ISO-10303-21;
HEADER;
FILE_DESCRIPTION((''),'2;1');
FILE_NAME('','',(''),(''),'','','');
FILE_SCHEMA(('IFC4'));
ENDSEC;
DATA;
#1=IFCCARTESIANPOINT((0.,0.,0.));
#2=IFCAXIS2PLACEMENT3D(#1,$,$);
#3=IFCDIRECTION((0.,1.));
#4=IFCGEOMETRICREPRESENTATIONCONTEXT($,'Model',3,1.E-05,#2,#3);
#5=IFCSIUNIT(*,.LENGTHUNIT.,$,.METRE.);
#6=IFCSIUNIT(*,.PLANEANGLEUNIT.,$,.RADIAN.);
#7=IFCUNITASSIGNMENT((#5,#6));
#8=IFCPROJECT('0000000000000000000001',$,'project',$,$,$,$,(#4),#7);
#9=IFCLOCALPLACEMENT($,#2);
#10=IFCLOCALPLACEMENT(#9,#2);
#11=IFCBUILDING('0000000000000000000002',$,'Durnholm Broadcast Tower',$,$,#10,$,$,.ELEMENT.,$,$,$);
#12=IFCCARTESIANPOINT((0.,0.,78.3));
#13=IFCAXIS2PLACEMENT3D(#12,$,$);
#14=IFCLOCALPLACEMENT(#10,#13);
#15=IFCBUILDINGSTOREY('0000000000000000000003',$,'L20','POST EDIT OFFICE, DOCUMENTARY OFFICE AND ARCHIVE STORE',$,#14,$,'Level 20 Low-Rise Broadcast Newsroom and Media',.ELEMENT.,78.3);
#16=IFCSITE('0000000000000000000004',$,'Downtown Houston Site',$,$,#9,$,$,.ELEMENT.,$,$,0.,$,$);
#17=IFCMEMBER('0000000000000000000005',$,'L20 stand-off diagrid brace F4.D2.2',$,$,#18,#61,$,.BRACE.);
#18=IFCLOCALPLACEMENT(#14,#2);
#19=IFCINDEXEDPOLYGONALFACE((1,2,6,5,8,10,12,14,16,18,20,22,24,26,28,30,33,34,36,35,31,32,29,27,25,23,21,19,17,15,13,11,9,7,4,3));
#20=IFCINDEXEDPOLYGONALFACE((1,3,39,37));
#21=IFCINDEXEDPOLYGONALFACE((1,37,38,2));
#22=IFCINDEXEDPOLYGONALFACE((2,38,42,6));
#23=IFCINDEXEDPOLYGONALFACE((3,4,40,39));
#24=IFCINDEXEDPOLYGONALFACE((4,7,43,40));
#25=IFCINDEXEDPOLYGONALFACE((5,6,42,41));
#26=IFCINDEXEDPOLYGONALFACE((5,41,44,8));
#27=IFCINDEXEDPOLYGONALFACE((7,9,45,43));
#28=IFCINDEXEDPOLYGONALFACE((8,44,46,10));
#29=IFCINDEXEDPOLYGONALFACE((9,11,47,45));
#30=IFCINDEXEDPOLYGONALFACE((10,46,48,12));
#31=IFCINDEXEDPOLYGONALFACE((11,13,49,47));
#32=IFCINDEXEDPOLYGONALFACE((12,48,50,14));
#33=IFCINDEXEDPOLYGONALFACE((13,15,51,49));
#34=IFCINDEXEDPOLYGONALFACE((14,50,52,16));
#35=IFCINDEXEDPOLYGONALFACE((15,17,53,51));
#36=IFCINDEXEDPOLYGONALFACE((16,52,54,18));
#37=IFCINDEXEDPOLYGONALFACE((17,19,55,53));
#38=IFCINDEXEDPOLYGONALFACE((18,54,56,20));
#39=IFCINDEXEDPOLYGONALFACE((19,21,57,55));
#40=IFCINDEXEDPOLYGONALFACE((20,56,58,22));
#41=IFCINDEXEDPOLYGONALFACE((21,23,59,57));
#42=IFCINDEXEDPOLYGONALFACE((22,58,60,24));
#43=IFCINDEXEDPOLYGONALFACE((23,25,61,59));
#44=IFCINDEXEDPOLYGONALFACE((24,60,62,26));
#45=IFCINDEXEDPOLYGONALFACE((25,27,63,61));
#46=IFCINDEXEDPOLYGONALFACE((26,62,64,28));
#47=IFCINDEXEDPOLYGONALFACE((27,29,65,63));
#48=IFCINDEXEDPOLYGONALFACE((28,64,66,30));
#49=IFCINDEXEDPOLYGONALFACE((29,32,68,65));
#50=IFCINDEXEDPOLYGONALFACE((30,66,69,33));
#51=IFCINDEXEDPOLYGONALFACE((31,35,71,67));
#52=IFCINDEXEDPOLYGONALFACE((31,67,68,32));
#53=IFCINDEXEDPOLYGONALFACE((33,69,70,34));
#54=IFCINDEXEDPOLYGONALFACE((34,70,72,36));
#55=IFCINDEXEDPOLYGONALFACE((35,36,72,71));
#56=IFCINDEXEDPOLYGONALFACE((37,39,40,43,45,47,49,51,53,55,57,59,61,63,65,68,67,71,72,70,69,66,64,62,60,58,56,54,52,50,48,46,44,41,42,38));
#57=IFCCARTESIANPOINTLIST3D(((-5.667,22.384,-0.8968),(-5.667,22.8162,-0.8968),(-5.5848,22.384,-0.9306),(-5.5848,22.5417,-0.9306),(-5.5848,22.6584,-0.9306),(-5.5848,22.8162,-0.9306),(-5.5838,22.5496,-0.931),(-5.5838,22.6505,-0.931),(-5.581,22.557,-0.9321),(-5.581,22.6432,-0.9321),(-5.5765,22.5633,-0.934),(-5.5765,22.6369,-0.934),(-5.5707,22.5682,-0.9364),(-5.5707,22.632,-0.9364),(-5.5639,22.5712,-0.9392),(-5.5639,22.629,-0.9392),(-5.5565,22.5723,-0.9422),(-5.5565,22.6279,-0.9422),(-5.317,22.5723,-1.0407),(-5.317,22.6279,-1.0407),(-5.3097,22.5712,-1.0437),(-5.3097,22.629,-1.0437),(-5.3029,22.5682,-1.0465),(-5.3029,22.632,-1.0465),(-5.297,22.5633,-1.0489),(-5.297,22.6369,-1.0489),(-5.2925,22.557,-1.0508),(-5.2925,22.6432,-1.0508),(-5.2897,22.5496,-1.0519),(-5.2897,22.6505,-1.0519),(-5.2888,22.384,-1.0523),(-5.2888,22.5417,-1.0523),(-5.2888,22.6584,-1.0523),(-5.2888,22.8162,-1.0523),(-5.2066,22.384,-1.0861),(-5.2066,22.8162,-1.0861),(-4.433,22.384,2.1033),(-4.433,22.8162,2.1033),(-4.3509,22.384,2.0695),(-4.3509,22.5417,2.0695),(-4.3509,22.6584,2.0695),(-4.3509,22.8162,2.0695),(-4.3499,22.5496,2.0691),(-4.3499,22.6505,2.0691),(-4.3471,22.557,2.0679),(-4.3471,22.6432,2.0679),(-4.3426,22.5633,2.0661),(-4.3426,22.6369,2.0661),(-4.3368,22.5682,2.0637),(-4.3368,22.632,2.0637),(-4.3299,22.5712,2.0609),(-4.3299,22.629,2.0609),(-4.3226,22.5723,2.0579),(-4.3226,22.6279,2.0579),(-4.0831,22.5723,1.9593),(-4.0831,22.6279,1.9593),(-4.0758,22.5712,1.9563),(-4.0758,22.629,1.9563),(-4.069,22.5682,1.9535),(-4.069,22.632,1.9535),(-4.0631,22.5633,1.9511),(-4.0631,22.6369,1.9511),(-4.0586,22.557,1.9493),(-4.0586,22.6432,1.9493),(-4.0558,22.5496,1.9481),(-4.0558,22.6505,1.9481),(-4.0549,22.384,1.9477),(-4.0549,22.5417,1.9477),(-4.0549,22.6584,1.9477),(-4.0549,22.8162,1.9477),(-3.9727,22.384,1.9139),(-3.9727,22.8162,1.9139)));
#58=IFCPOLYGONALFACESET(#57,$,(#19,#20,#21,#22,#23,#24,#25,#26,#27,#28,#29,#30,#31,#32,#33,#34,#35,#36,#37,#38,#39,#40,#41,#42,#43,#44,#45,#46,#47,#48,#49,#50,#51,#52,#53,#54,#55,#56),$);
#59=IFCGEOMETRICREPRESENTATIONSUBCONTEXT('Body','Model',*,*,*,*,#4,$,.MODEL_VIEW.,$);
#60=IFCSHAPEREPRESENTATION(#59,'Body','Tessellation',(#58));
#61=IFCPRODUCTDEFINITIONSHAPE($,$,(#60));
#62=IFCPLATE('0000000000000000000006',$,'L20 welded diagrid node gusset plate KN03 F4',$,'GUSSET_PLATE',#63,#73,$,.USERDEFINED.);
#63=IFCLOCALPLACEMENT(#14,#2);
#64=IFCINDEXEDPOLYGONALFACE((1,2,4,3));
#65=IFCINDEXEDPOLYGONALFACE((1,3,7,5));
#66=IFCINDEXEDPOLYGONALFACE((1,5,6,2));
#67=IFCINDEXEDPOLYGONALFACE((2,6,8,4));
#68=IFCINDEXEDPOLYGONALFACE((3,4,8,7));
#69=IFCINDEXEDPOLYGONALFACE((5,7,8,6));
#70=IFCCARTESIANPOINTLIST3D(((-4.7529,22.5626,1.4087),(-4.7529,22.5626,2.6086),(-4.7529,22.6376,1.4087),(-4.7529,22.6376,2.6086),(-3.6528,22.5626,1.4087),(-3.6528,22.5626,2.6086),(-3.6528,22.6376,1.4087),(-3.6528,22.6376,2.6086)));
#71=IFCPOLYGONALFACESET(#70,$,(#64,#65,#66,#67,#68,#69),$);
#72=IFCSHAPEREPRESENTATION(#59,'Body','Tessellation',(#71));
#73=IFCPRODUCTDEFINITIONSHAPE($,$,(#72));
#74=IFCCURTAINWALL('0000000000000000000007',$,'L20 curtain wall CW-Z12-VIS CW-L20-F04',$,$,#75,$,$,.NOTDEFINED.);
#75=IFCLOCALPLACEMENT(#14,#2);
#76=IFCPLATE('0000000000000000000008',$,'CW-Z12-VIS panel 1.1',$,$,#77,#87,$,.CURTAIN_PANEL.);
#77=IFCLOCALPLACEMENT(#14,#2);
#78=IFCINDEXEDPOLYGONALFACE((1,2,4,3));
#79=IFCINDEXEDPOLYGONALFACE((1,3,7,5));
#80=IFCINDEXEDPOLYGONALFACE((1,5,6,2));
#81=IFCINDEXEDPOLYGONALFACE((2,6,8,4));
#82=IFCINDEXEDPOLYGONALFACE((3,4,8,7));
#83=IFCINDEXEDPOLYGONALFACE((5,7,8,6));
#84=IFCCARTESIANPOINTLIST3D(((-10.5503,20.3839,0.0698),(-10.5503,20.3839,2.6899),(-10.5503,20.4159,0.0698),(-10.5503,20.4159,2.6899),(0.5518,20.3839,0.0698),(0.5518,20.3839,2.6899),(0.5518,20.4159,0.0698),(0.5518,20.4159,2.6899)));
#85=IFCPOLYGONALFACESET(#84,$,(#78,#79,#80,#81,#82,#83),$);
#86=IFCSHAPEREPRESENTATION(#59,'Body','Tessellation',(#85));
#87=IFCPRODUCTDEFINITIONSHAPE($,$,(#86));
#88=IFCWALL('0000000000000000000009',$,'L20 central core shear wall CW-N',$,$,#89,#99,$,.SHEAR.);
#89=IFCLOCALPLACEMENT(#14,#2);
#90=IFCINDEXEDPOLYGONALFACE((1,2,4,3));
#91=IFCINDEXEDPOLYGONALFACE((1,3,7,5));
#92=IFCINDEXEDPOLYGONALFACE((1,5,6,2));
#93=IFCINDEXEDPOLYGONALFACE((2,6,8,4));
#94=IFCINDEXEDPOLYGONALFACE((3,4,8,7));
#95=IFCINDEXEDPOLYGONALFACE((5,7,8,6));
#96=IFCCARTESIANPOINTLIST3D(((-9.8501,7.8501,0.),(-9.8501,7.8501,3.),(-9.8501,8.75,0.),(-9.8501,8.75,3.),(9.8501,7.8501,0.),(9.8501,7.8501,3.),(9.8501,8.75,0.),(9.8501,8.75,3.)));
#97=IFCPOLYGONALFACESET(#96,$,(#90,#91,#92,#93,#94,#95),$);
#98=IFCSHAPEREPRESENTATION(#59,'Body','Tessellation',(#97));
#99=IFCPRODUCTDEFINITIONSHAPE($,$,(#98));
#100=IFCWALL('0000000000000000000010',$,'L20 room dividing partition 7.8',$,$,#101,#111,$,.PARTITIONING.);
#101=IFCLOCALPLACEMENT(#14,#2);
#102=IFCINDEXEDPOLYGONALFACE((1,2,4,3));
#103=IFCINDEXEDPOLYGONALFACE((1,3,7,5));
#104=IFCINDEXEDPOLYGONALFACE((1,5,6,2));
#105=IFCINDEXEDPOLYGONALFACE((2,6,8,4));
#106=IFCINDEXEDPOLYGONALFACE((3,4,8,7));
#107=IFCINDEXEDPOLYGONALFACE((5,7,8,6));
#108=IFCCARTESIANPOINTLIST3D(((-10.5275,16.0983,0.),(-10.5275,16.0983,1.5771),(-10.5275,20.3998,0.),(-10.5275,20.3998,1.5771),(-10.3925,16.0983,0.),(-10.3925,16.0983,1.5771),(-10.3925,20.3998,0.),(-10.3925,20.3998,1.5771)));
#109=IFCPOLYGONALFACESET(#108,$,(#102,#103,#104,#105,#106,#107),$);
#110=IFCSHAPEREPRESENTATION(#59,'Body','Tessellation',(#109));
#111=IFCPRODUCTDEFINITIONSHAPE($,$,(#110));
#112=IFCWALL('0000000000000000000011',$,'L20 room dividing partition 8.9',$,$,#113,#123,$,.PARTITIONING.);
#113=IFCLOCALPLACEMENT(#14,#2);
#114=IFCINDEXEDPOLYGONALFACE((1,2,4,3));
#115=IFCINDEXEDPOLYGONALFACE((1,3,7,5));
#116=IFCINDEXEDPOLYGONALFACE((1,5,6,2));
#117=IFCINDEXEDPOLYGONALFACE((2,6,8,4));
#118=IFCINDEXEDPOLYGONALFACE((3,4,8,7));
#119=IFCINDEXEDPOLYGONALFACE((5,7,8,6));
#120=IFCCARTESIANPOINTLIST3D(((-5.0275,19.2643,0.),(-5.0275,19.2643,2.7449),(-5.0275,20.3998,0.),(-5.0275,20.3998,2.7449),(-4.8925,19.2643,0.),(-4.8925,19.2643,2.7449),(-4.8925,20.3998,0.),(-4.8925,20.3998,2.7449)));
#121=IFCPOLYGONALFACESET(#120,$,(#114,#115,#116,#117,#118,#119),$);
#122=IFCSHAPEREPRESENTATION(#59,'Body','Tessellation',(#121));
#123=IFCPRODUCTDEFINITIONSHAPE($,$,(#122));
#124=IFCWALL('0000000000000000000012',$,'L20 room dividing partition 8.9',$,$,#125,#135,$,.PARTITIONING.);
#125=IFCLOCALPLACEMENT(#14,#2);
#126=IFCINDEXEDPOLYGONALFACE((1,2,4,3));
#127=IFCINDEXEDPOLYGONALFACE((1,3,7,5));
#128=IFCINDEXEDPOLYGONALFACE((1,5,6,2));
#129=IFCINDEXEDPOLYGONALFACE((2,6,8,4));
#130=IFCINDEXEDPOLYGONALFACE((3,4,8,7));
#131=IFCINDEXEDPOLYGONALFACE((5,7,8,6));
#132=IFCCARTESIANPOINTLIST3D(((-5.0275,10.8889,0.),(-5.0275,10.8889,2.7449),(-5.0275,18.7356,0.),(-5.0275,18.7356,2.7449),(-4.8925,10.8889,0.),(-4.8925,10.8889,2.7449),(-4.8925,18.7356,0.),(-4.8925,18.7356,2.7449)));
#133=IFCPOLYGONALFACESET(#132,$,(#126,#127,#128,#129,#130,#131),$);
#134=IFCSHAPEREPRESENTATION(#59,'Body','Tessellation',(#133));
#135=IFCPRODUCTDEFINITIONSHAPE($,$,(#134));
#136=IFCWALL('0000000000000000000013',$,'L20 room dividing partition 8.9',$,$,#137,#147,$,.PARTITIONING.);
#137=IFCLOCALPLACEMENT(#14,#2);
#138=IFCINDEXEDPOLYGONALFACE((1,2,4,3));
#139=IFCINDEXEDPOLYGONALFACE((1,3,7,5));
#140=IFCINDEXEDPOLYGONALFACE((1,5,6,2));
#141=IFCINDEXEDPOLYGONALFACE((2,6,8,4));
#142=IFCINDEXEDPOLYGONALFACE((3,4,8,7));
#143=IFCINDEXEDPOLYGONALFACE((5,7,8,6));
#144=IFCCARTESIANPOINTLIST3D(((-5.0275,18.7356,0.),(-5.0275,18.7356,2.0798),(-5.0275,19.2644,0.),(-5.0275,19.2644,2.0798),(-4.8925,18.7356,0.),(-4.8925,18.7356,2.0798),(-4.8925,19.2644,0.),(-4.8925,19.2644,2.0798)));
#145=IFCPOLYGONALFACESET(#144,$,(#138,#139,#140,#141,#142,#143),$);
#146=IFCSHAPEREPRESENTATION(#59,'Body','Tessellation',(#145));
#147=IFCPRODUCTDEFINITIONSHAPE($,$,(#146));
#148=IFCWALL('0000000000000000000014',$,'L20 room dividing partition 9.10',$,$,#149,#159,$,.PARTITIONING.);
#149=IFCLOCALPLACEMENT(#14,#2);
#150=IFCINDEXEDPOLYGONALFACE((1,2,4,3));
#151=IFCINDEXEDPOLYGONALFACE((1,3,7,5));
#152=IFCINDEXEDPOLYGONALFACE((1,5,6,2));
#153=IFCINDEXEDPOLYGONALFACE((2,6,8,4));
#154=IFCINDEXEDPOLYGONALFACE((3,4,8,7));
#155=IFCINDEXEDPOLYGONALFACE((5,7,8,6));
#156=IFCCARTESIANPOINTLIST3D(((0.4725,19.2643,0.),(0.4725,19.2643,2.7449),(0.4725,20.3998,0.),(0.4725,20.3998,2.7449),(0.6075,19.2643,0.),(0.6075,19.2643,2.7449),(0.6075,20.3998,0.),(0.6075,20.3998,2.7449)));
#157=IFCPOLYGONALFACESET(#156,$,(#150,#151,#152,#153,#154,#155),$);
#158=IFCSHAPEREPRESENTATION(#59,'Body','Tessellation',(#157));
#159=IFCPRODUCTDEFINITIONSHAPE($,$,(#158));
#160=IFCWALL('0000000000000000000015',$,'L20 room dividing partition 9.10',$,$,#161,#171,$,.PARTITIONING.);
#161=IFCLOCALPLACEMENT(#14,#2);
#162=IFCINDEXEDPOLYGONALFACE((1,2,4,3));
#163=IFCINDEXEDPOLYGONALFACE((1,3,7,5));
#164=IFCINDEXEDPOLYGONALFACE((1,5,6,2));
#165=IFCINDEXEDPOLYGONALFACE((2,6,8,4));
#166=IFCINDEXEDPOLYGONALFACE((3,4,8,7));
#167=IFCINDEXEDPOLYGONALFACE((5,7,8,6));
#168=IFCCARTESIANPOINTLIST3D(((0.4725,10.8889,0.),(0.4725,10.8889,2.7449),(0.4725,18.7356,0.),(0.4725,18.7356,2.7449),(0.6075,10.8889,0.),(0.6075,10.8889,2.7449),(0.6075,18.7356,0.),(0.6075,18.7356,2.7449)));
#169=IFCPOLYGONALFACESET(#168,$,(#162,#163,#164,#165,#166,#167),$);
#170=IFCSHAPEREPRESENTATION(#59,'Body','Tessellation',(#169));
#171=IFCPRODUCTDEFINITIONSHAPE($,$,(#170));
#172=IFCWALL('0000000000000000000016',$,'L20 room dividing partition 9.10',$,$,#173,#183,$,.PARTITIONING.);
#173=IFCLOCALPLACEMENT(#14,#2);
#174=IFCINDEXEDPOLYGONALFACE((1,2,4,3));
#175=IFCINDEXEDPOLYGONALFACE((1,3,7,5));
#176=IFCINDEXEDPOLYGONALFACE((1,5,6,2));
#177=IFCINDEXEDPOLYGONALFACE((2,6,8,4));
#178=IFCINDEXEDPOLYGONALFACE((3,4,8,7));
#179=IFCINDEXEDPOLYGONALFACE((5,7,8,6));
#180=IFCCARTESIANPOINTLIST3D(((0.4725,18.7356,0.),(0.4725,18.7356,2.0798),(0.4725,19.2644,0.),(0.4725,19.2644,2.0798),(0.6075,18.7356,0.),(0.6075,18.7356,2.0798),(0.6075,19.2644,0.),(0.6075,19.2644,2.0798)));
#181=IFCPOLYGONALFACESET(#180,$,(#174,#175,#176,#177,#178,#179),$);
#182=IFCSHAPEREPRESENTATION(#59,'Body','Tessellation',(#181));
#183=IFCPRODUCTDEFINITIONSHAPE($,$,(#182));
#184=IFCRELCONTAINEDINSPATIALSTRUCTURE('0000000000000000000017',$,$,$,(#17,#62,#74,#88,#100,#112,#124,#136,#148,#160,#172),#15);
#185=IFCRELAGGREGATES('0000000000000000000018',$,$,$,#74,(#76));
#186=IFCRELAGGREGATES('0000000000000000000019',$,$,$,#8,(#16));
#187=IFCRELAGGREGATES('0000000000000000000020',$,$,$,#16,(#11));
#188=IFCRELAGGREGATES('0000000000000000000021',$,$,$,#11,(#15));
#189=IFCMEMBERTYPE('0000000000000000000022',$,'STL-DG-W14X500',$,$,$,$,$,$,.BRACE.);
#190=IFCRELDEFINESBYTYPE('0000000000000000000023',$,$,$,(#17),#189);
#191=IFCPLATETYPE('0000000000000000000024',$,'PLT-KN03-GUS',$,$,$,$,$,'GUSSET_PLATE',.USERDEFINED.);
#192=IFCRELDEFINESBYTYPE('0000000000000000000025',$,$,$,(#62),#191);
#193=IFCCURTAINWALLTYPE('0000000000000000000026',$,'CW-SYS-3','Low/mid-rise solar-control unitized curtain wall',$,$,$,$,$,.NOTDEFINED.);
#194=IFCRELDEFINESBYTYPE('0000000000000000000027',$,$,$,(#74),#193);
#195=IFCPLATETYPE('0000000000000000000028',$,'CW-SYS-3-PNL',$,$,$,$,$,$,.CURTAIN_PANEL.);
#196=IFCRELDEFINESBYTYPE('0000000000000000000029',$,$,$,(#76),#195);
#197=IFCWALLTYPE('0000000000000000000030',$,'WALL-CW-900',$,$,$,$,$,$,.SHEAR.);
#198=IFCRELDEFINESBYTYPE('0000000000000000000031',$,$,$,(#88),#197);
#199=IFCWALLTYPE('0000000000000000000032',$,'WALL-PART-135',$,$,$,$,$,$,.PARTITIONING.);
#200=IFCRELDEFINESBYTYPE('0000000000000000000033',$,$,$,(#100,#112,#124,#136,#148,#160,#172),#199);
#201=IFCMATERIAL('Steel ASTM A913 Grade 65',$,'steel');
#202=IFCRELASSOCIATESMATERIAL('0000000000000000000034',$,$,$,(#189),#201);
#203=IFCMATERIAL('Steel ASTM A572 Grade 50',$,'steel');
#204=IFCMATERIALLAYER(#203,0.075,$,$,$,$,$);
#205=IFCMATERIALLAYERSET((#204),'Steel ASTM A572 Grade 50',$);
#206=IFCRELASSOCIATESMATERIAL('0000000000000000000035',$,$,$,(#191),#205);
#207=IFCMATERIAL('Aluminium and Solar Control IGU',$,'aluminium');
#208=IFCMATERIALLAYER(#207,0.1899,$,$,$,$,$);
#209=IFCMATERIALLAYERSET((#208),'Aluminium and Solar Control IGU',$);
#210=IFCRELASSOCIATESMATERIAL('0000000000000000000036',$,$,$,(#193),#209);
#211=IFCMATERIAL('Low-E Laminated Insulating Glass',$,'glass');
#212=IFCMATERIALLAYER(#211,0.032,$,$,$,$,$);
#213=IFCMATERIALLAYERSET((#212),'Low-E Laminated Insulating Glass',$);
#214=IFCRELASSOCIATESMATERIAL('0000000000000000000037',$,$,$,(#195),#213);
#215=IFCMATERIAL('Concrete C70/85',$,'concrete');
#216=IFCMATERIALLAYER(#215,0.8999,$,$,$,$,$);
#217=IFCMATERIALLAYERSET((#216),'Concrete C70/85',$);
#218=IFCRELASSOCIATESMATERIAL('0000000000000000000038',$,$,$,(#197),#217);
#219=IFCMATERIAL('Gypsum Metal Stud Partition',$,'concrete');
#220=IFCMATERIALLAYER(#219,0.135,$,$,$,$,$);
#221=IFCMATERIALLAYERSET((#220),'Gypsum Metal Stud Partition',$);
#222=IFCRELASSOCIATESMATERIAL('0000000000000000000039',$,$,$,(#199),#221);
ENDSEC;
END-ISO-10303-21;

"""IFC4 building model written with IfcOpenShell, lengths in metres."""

from ifc_helpers import new_model, si_unit, direction, frame, frame_2d, origin, origin_2d, place, context, subcontext, project, spatial, rectangle, i_section, extrude, source, transform, mapped, material, layer, layer_set, material_profile, profile_set, type_object, type_shapes, element, aggregate, save


model = new_model("IFC4")

# Units and contexts
model_context = context("Model", 3, precision=1e-05, world=origin(), true_north=direction((0.0, 1.0)))
body_context = subcontext(model_context, "Body", "Model", "MODEL_VIEW")
ifc_project = project(units=[si_unit("LENGTHUNIT", "METRE"), si_unit("PLANEANGLEUNIT", "RADIAN")], contexts=[model_context])

# Site, building, storey
site_placement = place(None, origin())
site = spatial("IfcSite", under=ifc_project, at=site_placement, Name="Downtown Houston Site", CompositionType="ELEMENT", RefElevation=0.0)
building_placement = place(site_placement, origin())
building = spatial("IfcBuilding", under=site, at=building_placement, Name="Durnholm Broadcast Tower", CompositionType="ELEMENT")
storey_placement = place(building_placement, frame((0.0, 0.0, 78.3)))
storey = spatial("IfcBuildingStorey", under=building, at=storey_placement, Name="L20", Description="POST EDIT OFFICE, DOCUMENTARY OFFICE AND ARCHIVE STORE", LongName="Level 20 Low-Rise Broadcast Newsroom and Media", CompositionType="ELEMENT", Elevation=78.3)

# Shared definitions
ifc_material_1 = material(Name="Concrete C70/85", Category="concrete")

# Member
ifc_material_2 = material(Name="Steel ASTM A913 Grade 65", Category="steel")
ifc_material_profile_1 = material_profile(ifc_material_2, i_section(OverallWidth=0.4321, OverallDepth=0.4978, WebThickness=0.0557, FlangeThickness=0.0889, FilletRadius=0.0305, at=origin_2d()), Name="W14X500")
ifc_profile_set_1 = profile_set([ifc_material_profile_1], Name="Steel ASTM A913 Grade 65")
member_type = type_object("IfcMemberType", Name="STL-DG-W14X500", PredefinedType="BRACE", material=ifc_profile_set_1)
shared_shape_1 = source(origin(), body_context, "Body", "SweptSolid", [
    extrude(i_section(OverallWidth=0.4321, OverallDepth=0.4978, WebThickness=0.0557, FlangeThickness=0.0889, FilletRadius=0.0305, at=origin_2d()), origin(), (0.0, 0.0, 1.0), 3.2439),
])
type_shapes(member_type, [shared_shape_1])
for number, where, z_axis, x_axis, name in (
    (1, (-5.4368, 22.6001, -0.9915), (0.380379, 0.0, 0.924831), (0.0, 1.0, 0.0), "L20 stand-off diagrid brace F4.D2.2"),
):
    element("IfcMember", number, at=place(storey_placement, frame(where, z_axis=z_axis, x_axis=x_axis)), inside=storey, type_object=member_type, Name=name, PredefinedType="BRACE", context=body_context, shape_type="MappedRepresentation", body=[
        mapped(shared_shape_1, transform((0.0, 0.0, 0.0), x_axis=(1.0, 0.0, 0.0), y_axis=(0.0, 1.0, 0.0), z_axis=(0.0, 0.0, 1.0), scale=1.0)),
    ])

# Plate
ifc_material_3 = material(Name="Steel ASTM A572 Grade 50", Category="steel")
ifc_layer_1 = layer(ifc_material_3, 0.075)
ifc_layer_set_1 = layer_set([ifc_layer_1], Name="Steel ASTM A572 Grade 50")
plate_type_1 = type_object("IfcPlateType", Name="PLT-KN03-GUS", ElementType="GUSSET_PLATE", PredefinedType="USERDEFINED", material=ifc_layer_set_1)
shared_shape_2 = source(origin(), body_context, "Body", "SweptSolid", [
    extrude(rectangle(XDim=1.1001, YDim=0.075, at=origin_2d()), origin(), (0.0, 0.0, 1.0), 1.2),
])
type_shapes(plate_type_1, [shared_shape_2])
plate_1_placement = place(storey_placement, frame((-4.2029, 22.6001, 1.4087), z_axis=(0.0, 0.0, 1.0), x_axis=(-1.0, 0.0, 0.0)))
element("IfcPlate", 2, at=plate_1_placement, inside=storey, type_object=plate_type_1, Name="L20 welded diagrid node gusset plate KN03 F4", ObjectType="GUSSET_PLATE", PredefinedType="USERDEFINED", context=body_context, shape_type="MappedRepresentation", body=[
    mapped(shared_shape_2, transform((0.0, 0.0, 0.0), x_axis=(1.0, 0.0, 0.0), y_axis=(0.0, 1.0, 0.0), z_axis=(0.0, 0.0, 1.0), scale=1.0)),
])

# Curtain wall, plate
ifc_material_4 = material(Name="Aluminium and Solar Control IGU", Category="aluminium")
ifc_layer_2 = layer(ifc_material_4, 0.1899)
ifc_layer_set_2 = layer_set([ifc_layer_2], Name="Aluminium and Solar Control IGU")
curtain_wall_type = type_object("IfcCurtainWallType", Name="CW-SYS-3", Description="Low/mid-rise solar-control unitized curtain wall", PredefinedType="NOTDEFINED", material=ifc_layer_set_2)
curtain_wall_placement = place(storey_placement, origin())
curtain_wall = element("IfcCurtainWall", 3, at=curtain_wall_placement, inside=storey, type_object=curtain_wall_type, Name="L20 curtain wall CW-Z12-VIS CW-L20-F04", PredefinedType="NOTDEFINED")
ifc_material_5 = material(Name="Low-E Laminated Insulating Glass", Category="glass")
ifc_layer_3 = layer(ifc_material_5, 0.032)
ifc_layer_set_3 = layer_set([ifc_layer_3], Name="Low-E Laminated Insulating Glass")
plate_type_2 = type_object("IfcPlateType", Name="CW-SYS-3-PNL", PredefinedType="CURTAIN_PANEL", material=ifc_layer_set_3)
shared_shape_3 = source(origin(), body_context, "Body", "SweptSolid", [
    extrude(rectangle(XDim=11.1021, YDim=0.032, at=origin_2d()), origin(), (0.0, 0.0, 1.0), 2.6201),
])
type_shapes(plate_type_2, [shared_shape_3])
plate_2_placement = place(storey_placement, frame((-4.9993, 20.3999, 0.0698), z_axis=(0.0, 0.0, 1.0), x_axis=(1.0, 0.0, 0.0)))
plate_2 = element("IfcPlate", 4, at=plate_2_placement, type_object=plate_type_2, Name="CW-Z12-VIS panel 1.1", PredefinedType="CURTAIN_PANEL", context=body_context, shape_type="MappedRepresentation", body=[
    mapped(shared_shape_3, transform((0.0, 0.0, 0.0), x_axis=(1.0, 0.0, 0.0), y_axis=(0.0, 1.0, 0.0), z_axis=(0.0, 0.0, 1.0), scale=1.0)),
])
aggregate(curtain_wall, [plate_2])

# Walls
ifc_layer_4 = layer(ifc_material_1, 0.8999)
ifc_layer_set_4 = layer_set([ifc_layer_4], Name="Concrete C70/85")
wall_type_1 = type_object("IfcWallType", Name="WALL-CW-900", PredefinedType="SHEAR", material=ifc_layer_set_4)
wall_1_placement = place(storey_placement, frame((-9.8501, 8.3, 0.0), z_axis=(0.0, 0.0, 1.0), x_axis=(1.0, 0.0, 0.0)))
element("IfcWall", 5, at=wall_1_placement, inside=storey, type_object=wall_type_1, Name="L20 central core shear wall CW-N", PredefinedType="SHEAR", context=body_context, shape_type="SweptSolid", body=[
    extrude(rectangle(XDim=19.7002, YDim=0.8999, at=frame_2d((9.8501, 0.0))), origin(), (0.0, 0.0, 1.0), 3.0),
])
ifc_material_6 = material(Name="Gypsum Metal Stud Partition", Category="concrete")
ifc_layer_5 = layer(ifc_material_6, 0.135)
ifc_layer_set_5 = layer_set([ifc_layer_5], Name="Gypsum Metal Stud Partition")
wall_type_2 = type_object("IfcWallType", Name="WALL-PART-135", PredefinedType="PARTITIONING", material=ifc_layer_set_5)
wall_2_placement = place(storey_placement, frame((-10.46, 20.3999, 0.0), z_axis=(0.0, 0.0, 1.0), x_axis=(0.0, -1.0, 0.0)))
element("IfcWall", 6, at=wall_2_placement, inside=storey, type_object=wall_type_2, Name="L20 room dividing partition 7.8", PredefinedType="PARTITIONING", context=body_context, shape_type="SweptSolid", body=[
    extrude(rectangle(XDim=4.3015, YDim=0.135, at=frame_2d((2.1509, 0.0))), origin(), (0.0, 0.0, 1.0), 1.5771),
])
wall_3_placement = place(storey_placement, frame((-4.96, 20.3999, 0.0), z_axis=(0.0, 0.0, 1.0), x_axis=(0.0, -1.0, 0.0)))
element("IfcWall", 7, at=wall_3_placement, inside=storey, type_object=wall_type_2, Name="L20 room dividing partition 8.9", PredefinedType="PARTITIONING", context=body_context, shape_type="SweptSolid", body=[
    extrude(rectangle(XDim=1.1355, YDim=0.135, at=frame_2d((0.5679, 0.0))), origin(), (0.0, 0.0, 1.0), 2.7449),
])
wall_4_placement = place(storey_placement, frame((-4.96, 18.7356, 0.0), z_axis=(0.0, 0.0, 1.0), x_axis=(0.0, -1.0, 0.0)))
element("IfcWall", 8, at=wall_4_placement, inside=storey, type_object=wall_type_2, Name="L20 room dividing partition 8.9", PredefinedType="PARTITIONING", context=body_context, shape_type="SweptSolid", body=[
    extrude(rectangle(XDim=7.8467, YDim=0.135, at=frame_2d((3.9233, 0.0))), origin(), (0.0, 0.0, 1.0), 2.7449),
])
wall_5_placement = place(storey_placement, frame((-4.96, 19.2644, 0.0), z_axis=(0.0, 0.0, 1.0), x_axis=(0.0, -1.0, 0.0)))
element("IfcWall", 9, at=wall_5_placement, inside=storey, type_object=wall_type_2, Name="L20 room dividing partition 8.9", PredefinedType="PARTITIONING", context=body_context, shape_type="SweptSolid", body=[
    extrude(rectangle(XDim=0.5288, YDim=0.135, at=frame_2d((0.2644, 0.0))), origin(), (0.0, 0.0, 1.0), 2.0798),
])
wall_6_placement = place(storey_placement, frame((0.54, 20.3999, 0.0), z_axis=(0.0, 0.0, 1.0), x_axis=(0.0, -1.0, 0.0)))
element("IfcWall", 10, at=wall_6_placement, inside=storey, type_object=wall_type_2, Name="L20 room dividing partition 9.10", PredefinedType="PARTITIONING", context=body_context, shape_type="SweptSolid", body=[
    extrude(rectangle(XDim=1.1355, YDim=0.135, at=frame_2d((0.5679, 0.0))), origin(), (0.0, 0.0, 1.0), 2.7449),
])
wall_7_placement = place(storey_placement, frame((0.54, 18.7356, 0.0), z_axis=(0.0, 0.0, 1.0), x_axis=(0.0, -1.0, 0.0)))
element("IfcWall", 11, at=wall_7_placement, inside=storey, type_object=wall_type_2, Name="L20 room dividing partition 9.10", PredefinedType="PARTITIONING", context=body_context, shape_type="SweptSolid", body=[
    extrude(rectangle(XDim=7.8467, YDim=0.135, at=frame_2d((3.9233, 0.0))), origin(), (0.0, 0.0, 1.0), 2.7449),
])
wall_8_placement = place(storey_placement, frame((0.54, 19.2644, 0.0), z_axis=(0.0, 0.0, 1.0), x_axis=(0.0, -1.0, 0.0)))
element("IfcWall", 12, at=wall_8_placement, inside=storey, type_object=wall_type_2, Name="L20 room dividing partition 9.10", PredefinedType="PARTITIONING", context=body_context, shape_type="SweptSolid", body=[
    extrude(rectangle(XDim=0.5288, YDim=0.135, at=frame_2d((0.2644, 0.0))), origin(), (0.0, 0.0, 1.0), 2.0798),
])

save(model, "model.ifc")
